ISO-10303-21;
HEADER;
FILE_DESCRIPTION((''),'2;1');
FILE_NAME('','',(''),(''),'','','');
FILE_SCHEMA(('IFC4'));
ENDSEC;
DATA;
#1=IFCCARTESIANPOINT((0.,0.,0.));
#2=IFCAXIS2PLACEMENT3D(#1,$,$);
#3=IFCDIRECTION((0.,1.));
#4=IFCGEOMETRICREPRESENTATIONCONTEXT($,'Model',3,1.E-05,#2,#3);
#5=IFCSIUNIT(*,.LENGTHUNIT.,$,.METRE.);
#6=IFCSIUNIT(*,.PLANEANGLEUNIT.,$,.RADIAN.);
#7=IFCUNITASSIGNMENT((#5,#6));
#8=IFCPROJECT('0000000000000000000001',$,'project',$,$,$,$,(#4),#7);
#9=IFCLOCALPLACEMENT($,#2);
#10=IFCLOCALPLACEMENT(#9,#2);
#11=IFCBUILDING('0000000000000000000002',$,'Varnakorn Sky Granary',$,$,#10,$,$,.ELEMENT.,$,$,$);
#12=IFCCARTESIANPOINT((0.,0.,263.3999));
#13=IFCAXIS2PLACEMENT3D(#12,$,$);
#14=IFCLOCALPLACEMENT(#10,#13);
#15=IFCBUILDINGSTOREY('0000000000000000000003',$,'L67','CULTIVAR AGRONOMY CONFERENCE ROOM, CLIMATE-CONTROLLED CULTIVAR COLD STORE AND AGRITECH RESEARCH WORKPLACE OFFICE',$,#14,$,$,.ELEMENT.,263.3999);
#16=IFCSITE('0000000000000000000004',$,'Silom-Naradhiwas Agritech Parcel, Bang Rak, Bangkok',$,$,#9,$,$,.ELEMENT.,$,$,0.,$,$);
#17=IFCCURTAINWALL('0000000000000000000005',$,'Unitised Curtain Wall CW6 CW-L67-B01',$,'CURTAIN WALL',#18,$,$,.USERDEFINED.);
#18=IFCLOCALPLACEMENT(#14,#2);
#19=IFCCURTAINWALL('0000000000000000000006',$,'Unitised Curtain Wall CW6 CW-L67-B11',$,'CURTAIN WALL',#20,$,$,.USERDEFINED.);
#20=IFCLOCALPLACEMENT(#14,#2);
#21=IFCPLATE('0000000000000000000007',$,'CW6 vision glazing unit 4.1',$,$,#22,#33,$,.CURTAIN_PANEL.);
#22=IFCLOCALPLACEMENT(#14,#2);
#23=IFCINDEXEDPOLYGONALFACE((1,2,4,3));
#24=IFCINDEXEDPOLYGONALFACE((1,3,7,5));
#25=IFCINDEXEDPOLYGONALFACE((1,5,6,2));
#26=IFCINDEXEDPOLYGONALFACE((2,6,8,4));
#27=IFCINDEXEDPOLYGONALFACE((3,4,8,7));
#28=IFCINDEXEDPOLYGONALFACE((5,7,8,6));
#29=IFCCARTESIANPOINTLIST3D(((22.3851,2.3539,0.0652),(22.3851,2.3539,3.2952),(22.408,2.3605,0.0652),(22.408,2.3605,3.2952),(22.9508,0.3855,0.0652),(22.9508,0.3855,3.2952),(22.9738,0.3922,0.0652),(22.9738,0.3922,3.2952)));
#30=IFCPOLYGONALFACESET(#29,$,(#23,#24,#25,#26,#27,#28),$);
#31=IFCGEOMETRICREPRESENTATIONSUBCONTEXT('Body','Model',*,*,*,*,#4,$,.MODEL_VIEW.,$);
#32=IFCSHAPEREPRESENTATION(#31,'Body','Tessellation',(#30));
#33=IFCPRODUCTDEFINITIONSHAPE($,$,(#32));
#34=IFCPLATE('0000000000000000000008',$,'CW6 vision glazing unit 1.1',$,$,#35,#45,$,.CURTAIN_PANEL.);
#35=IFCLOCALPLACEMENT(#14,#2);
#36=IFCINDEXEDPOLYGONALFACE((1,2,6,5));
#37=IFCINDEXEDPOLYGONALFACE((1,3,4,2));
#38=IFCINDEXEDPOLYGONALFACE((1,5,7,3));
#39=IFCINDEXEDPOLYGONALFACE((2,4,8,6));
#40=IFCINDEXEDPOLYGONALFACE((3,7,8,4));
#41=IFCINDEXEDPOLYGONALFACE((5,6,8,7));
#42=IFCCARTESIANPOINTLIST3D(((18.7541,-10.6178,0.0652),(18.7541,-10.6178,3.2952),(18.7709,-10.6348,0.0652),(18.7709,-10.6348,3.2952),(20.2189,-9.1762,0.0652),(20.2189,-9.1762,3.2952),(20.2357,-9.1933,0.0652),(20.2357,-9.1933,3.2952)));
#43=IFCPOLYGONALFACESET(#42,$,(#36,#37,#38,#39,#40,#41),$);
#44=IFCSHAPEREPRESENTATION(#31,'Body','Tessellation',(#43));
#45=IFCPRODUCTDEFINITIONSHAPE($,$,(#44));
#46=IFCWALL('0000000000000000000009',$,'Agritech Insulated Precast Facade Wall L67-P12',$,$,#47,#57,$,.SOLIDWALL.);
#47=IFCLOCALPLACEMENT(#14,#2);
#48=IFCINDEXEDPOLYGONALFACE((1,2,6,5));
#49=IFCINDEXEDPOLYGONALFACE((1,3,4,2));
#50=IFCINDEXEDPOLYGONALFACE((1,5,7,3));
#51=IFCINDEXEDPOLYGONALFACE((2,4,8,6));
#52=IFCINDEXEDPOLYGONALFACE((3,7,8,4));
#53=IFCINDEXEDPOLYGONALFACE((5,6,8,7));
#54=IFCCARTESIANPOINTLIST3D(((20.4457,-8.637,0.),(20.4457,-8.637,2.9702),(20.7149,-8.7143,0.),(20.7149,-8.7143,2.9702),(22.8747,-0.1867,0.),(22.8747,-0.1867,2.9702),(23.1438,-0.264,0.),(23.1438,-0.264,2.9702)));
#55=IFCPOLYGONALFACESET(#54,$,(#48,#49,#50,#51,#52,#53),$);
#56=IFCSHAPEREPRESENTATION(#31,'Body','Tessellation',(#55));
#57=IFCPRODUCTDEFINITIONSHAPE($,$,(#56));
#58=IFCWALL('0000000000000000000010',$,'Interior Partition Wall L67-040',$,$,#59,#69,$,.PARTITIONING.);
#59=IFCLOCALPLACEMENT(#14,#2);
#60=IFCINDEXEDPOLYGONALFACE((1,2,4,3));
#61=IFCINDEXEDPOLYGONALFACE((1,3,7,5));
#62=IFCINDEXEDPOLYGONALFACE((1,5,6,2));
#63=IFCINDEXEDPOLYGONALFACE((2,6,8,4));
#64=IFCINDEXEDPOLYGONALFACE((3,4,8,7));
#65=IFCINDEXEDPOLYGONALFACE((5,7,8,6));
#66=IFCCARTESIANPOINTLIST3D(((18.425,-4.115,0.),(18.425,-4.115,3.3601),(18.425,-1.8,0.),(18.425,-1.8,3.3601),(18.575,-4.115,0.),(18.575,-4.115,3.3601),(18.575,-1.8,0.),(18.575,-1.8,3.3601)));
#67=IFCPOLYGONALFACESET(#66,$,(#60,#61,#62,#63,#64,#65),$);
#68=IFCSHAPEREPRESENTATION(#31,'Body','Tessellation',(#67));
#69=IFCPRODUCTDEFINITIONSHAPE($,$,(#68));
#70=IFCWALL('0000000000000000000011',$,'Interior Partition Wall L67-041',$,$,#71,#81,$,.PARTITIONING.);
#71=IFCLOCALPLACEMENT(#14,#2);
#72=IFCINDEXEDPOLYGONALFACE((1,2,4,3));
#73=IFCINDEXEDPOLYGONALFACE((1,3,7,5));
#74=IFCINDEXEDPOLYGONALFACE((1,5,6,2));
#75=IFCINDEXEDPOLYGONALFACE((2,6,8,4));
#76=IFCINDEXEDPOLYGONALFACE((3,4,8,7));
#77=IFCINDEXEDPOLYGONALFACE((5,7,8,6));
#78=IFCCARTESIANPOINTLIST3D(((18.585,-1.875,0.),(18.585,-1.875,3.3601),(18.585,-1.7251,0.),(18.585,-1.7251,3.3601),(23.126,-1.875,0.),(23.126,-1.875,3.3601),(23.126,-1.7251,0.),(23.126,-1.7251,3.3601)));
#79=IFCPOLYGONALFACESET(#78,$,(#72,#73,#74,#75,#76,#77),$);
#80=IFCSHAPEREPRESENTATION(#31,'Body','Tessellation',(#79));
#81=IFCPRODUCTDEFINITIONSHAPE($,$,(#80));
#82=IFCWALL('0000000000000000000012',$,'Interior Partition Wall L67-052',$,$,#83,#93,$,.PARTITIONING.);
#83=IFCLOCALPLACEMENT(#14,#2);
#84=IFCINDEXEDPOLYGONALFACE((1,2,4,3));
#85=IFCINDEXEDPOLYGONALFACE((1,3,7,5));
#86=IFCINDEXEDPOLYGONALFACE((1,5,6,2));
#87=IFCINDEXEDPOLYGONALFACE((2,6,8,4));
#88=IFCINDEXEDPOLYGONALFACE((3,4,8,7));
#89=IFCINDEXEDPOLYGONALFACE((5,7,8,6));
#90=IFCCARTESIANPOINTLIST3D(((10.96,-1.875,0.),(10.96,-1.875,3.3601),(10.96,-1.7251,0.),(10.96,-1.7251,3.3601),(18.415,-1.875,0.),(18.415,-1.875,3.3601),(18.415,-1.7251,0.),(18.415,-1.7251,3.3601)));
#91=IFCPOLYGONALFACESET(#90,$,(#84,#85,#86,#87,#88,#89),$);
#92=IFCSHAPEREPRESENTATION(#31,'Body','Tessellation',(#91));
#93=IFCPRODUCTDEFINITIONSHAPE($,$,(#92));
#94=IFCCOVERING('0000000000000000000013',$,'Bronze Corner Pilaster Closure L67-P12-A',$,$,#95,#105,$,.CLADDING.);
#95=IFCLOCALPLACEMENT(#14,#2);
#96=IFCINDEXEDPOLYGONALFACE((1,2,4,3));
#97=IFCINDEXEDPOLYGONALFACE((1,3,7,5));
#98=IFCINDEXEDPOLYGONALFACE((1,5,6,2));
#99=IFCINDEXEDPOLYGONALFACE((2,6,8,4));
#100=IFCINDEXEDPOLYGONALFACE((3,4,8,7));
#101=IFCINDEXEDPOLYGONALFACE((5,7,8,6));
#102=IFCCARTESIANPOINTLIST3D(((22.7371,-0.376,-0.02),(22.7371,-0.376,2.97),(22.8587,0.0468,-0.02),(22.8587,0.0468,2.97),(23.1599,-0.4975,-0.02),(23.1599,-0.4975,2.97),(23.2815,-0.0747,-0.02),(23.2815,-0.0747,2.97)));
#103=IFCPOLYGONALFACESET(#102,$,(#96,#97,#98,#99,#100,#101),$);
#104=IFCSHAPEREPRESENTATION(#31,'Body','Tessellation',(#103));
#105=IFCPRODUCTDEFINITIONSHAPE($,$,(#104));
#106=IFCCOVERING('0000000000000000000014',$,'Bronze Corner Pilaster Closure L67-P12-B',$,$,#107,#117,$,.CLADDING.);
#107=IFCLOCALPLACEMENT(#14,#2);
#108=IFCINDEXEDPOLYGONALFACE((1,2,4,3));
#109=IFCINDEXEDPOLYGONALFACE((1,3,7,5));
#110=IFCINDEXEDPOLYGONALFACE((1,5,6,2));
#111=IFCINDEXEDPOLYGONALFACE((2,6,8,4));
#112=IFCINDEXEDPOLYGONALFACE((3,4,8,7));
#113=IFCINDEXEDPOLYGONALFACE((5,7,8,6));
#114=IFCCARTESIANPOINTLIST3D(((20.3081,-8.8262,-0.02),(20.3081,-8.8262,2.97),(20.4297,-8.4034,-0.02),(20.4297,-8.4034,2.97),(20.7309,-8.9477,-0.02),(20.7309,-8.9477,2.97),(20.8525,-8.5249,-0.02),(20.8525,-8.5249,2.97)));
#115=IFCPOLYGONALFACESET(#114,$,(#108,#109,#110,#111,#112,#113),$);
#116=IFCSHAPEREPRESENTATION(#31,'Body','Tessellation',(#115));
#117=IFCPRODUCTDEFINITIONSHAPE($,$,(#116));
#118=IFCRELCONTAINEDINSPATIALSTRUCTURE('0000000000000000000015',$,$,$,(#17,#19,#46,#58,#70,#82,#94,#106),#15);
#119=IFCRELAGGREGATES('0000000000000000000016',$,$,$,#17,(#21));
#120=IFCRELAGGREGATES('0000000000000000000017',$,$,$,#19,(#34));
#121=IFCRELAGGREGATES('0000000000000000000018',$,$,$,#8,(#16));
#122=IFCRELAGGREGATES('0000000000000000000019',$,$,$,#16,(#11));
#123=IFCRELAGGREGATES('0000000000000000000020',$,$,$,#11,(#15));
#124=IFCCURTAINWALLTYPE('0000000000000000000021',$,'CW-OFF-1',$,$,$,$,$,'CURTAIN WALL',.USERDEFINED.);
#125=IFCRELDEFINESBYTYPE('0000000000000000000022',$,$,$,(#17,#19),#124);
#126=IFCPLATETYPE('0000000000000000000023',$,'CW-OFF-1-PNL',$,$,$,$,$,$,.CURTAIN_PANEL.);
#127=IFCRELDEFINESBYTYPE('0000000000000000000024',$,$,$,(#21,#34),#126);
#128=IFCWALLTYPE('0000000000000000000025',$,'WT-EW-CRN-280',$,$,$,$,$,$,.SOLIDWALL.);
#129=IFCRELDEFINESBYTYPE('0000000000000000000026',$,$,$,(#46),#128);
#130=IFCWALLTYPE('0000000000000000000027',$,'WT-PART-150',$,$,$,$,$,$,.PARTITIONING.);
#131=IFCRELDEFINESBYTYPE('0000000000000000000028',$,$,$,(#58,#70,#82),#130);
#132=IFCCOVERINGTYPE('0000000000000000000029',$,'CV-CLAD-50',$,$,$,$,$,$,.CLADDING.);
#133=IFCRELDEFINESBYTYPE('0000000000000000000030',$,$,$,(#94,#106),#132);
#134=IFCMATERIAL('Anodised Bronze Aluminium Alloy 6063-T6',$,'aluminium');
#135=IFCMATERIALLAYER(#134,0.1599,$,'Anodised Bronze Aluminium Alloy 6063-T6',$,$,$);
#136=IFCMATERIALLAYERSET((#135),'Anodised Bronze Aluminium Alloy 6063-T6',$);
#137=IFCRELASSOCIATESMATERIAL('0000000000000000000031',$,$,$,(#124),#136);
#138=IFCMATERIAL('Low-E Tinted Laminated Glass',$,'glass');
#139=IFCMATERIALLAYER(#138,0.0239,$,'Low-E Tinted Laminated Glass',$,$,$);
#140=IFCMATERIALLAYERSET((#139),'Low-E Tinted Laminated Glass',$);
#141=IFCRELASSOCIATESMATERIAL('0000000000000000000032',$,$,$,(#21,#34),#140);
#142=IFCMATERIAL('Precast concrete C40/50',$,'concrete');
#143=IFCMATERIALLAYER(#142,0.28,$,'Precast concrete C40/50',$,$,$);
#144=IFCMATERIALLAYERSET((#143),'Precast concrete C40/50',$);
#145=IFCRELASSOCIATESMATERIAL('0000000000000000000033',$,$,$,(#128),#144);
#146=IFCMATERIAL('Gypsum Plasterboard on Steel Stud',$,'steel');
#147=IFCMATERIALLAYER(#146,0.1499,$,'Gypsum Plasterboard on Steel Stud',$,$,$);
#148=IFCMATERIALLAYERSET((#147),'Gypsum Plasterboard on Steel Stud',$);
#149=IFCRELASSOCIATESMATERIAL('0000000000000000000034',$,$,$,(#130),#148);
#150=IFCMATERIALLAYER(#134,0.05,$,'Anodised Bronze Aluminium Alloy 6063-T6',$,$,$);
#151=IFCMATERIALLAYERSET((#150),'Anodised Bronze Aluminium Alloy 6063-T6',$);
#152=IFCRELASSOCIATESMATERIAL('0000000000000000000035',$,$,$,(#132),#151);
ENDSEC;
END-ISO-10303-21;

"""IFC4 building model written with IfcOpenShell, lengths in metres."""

from ifc_helpers import new_model, si_unit, direction, frame, frame_2d, origin, origin_2d, place, context, subcontext, project, spatial, rectangle, extrude, source, transform, mapped, material, layer, layer_set, type_object, type_shapes, element, aggregate, save


model = new_model("IFC4")

# Units and contexts
model_context = context("Model", 3, precision=1e-05, world=origin(), true_north=direction((0.0, 1.0)))
body_context = subcontext(model_context, "Body", "Model", "MODEL_VIEW")
ifc_project = project(units=[si_unit("LENGTHUNIT", "METRE"), si_unit("PLANEANGLEUNIT", "RADIAN")], contexts=[model_context])

# Site, building, storey
site_placement = place(None, origin())
site = spatial("IfcSite", under=ifc_project, at=site_placement, Name="Silom-Naradhiwas Agritech Parcel, Bang Rak, Bangkok", CompositionType="ELEMENT", RefElevation=0.0)
building_placement = place(site_placement, origin())
building = spatial("IfcBuilding", under=site, at=building_placement, Name="Varnakorn Sky Granary", CompositionType="ELEMENT")
storey_placement = place(building_placement, frame((0.0, 0.0, 263.3999)))
storey = spatial("IfcBuildingStorey", under=building, at=storey_placement, Name="L67", Description="CULTIVAR AGRONOMY CONFERENCE ROOM, CLIMATE-CONTROLLED CULTIVAR COLD STORE AND AGRITECH RESEARCH WORKPLACE OFFICE", CompositionType="ELEMENT", Elevation=263.3999)

# Curtain wall
ifc_material_1 = material(Name="Anodised Bronze Aluminium Alloy 6063-T6", Category="aluminium")
ifc_layer_1 = layer(ifc_material_1, 0.1599, Name="Anodised Bronze Aluminium Alloy 6063-T6")
ifc_layer_set_1 = layer_set([ifc_layer_1], Name="Anodised Bronze Aluminium Alloy 6063-T6")
curtain_wall_type = type_object("IfcCurtainWallType", Name="CW-OFF-1", ElementType="CURTAIN WALL", PredefinedType="USERDEFINED", material=ifc_layer_set_1)
curtain_wall_1_placement = place(storey_placement, origin())
curtain_wall_1 = element("IfcCurtainWall", 1, at=curtain_wall_1_placement, inside=storey, type_object=curtain_wall_type, Name="Unitised Curtain Wall CW6 CW-L67-B01", ObjectType="CURTAIN WALL", PredefinedType="USERDEFINED")

# Curtain wall
curtain_wall_2_placement = place(storey_placement, origin())
curtain_wall_2 = element("IfcCurtainWall", 2, at=curtain_wall_2_placement, inside=storey, type_object=curtain_wall_type, Name="Unitised Curtain Wall CW6 CW-L67-B11", ObjectType="CURTAIN WALL", PredefinedType="USERDEFINED")

# Plates
ifc_material_2 = material(Name="Low-E Tinted Laminated Glass", Category="glass")
ifc_layer_2 = layer(ifc_material_2, 0.0239, Name="Low-E Tinted Laminated Glass")
ifc_layer_set_2 = layer_set([ifc_layer_2], Name="Low-E Tinted Laminated Glass")
plate_type = type_object("IfcPlateType", Name="CW-OFF-1-PNL", PredefinedType="CURTAIN_PANEL")
shared_shape_1 = source(origin(), body_context, "Body", "SweptSolid", [
    extrude(rectangle(XDim=2.0481, YDim=0.0239, at=origin_2d()), origin(), (0.0, 0.0, 1.0), 3.23),
])
plate_1_placement = place(storey_placement, frame((22.6794, 1.373, 0.0652), z_axis=(0.0, 0.0, 1.0), x_axis=(0.276252, -0.961085, 0.0)))
plate_1 = element("IfcPlate", 3, at=plate_1_placement, type_object=plate_type, material=ifc_layer_set_2, Name="CW6 vision glazing unit 4.1", PredefinedType="CURTAIN_PANEL", context=body_context, shape_type="MappedRepresentation", body=[
    mapped(shared_shape_1, transform((0.0, 0.0, 0.0), x_axis=(1.0, 0.0, 0.0), y_axis=(0.0, 1.0, 0.0), z_axis=(0.0, 0.0, 1.0), scale=1.0)),
])
aggregate(curtain_wall_1, [plate_1])
shared_shape_2 = source(origin(), body_context, "Body", "SweptSolid", [
    extrude(rectangle(XDim=2.0552, YDim=0.0239, at=origin_2d()), origin(), (0.0, 0.0, 1.0), 3.23),
])
type_shapes(plate_type, [shared_shape_1, shared_shape_2])
plate_2_placement = place(storey_placement, frame((19.4949, -9.9055, 0.0652), z_axis=(0.0, 0.0, 1.0), x_axis=(-0.712728, -0.70144, 0.0)))
plate_2 = element("IfcPlate", 4, at=plate_2_placement, type_object=plate_type, material=ifc_layer_set_2, Name="CW6 vision glazing unit 1.1", PredefinedType="CURTAIN_PANEL", context=body_context, shape_type="MappedRepresentation", body=[
    mapped(shared_shape_2, transform((0.0, 0.0, 0.0), x_axis=(1.0, 0.0, 0.0), y_axis=(0.0, 1.0, 0.0), z_axis=(0.0, 0.0, 1.0), scale=1.0)),
])
aggregate(curtain_wall_2, [plate_2])

# Walls
ifc_material_3 = material(Name="Precast concrete C40/50", Category="concrete")
ifc_layer_3 = layer(ifc_material_3, 0.28, Name="Precast concrete C40/50")
ifc_layer_set_3 = layer_set([ifc_layer_3], Name="Precast concrete C40/50")
wall_type_1 = type_object("IfcWallType", Name="WT-EW-CRN-280", PredefinedType="SOLIDWALL", material=ifc_layer_set_3)
wall_1_placement = place(storey_placement, frame((23.0093, -0.2253, 0.0), z_axis=(0.0, 0.0, 1.0), x_axis=(-0.276257, -0.961084, 0.0)))
element("IfcWall", 5, at=wall_1_placement, inside=storey, type_object=wall_type_1, Name="Agritech Insulated Precast Facade Wall L67-P12", PredefinedType="SOLIDWALL", context=body_context, shape_type="SweptSolid", body=[
    extrude(rectangle(XDim=8.7925, YDim=0.28, at=frame_2d((4.3962, 0.0))), origin(), (0.0, 0.0, 1.0), 2.9702),
])
ifc_material_4 = material(Name="Gypsum Plasterboard on Steel Stud", Category="steel")
ifc_layer_4 = layer(ifc_material_4, 0.1499, Name="Gypsum Plasterboard on Steel Stud")
ifc_layer_set_4 = layer_set([ifc_layer_4], Name="Gypsum Plasterboard on Steel Stud")
wall_type_2 = type_object("IfcWallType", Name="WT-PART-150", PredefinedType="PARTITIONING", material=ifc_layer_set_4)
wall_2_placement = place(storey_placement, frame((18.5, -4.115, 0.0), z_axis=(0.0, 0.0, 1.0), x_axis=(0.0, 1.0, 0.0)))
element("IfcWall", 6, at=wall_2_placement, inside=storey, type_object=wall_type_2, Name="Interior Partition Wall L67-040", PredefinedType="PARTITIONING", context=body_context, shape_type="SweptSolid", body=[
    extrude(rectangle(XDim=2.3149, YDim=0.1499, at=frame_2d((1.1575, 0.0))), origin(), (0.0, 0.0, 1.0), 3.3601),
])
wall_3_placement = place(storey_placement, frame((18.585, -1.8, 0.0), z_axis=(0.0, 0.0, 1.0), x_axis=(1.0, 0.0, 0.0)))
element("IfcWall", 7, at=wall_3_placement, inside=storey, type_object=wall_type_2, Name="Interior Partition Wall L67-041", PredefinedType="PARTITIONING", context=body_context, shape_type="SweptSolid", body=[
    extrude(rectangle(XDim=4.541, YDim=0.1499, at=frame_2d((2.2705, 0.0))), origin(), (0.0, 0.0, 1.0), 3.3601),
])
wall_4_placement = place(storey_placement, frame((18.415, -1.8, 0.0), z_axis=(0.0, 0.0, 1.0), x_axis=(-1.0, 0.0, 0.0)))
element("IfcWall", 8, at=wall_4_placement, inside=storey, type_object=wall_type_2, Name="Interior Partition Wall L67-052", PredefinedType="PARTITIONING", context=body_context, shape_type="SweptSolid", body=[
    extrude(rectangle(XDim=7.4551, YDim=0.1499, at=frame_2d((3.7275, 0.0))), origin(), (0.0, 0.0, 1.0), 3.3601),
])

# Coverings
ifc_layer_5 = layer(ifc_material_1, 0.05, Name="Anodised Bronze Aluminium Alloy 6063-T6")
ifc_layer_set_5 = layer_set([ifc_layer_5], Name="Anodised Bronze Aluminium Alloy 6063-T6")
covering_type = type_object("IfcCoveringType", Name="CV-CLAD-50", PredefinedType="CLADDING", material=ifc_layer_set_5)
shared_shape_3 = source(origin(), body_context, "Body", "SweptSolid", [
    extrude(rectangle(XDim=0.4399, YDim=0.4399, at=origin_2d()), origin(), (0.0, 0.0, 1.0), 2.99),
])
type_shapes(covering_type, [shared_shape_3])
for number, where, z_axis, x_axis, name in (
    (9, (23.0093, -0.2253, -0.02), (0.0, 0.0, 1.0), (-0.276308, -0.961069, 0.0), "Bronze Corner Pilaster Closure L67-P12-A"),
    (10, (20.5803, -8.6755, -0.02), (0.0, 0.0, 1.0), (-0.276308, -0.961069, 0.0), "Bronze Corner Pilaster Closure L67-P12-B"),
):
    element("IfcCovering", number, at=place(storey_placement, frame(where, z_axis=z_axis, x_axis=x_axis)), inside=storey, type_object=covering_type, Name=name, PredefinedType="CLADDING", context=body_context, shape_type="MappedRepresentation", body=[
        mapped(shared_shape_3, transform((0.0, 0.0, 0.0), x_axis=(1.0, 0.0, 0.0), y_axis=(0.0, 1.0, 0.0), z_axis=(0.0, 0.0, 1.0), scale=1.0)),
    ])

save(model, "model.ifc")
